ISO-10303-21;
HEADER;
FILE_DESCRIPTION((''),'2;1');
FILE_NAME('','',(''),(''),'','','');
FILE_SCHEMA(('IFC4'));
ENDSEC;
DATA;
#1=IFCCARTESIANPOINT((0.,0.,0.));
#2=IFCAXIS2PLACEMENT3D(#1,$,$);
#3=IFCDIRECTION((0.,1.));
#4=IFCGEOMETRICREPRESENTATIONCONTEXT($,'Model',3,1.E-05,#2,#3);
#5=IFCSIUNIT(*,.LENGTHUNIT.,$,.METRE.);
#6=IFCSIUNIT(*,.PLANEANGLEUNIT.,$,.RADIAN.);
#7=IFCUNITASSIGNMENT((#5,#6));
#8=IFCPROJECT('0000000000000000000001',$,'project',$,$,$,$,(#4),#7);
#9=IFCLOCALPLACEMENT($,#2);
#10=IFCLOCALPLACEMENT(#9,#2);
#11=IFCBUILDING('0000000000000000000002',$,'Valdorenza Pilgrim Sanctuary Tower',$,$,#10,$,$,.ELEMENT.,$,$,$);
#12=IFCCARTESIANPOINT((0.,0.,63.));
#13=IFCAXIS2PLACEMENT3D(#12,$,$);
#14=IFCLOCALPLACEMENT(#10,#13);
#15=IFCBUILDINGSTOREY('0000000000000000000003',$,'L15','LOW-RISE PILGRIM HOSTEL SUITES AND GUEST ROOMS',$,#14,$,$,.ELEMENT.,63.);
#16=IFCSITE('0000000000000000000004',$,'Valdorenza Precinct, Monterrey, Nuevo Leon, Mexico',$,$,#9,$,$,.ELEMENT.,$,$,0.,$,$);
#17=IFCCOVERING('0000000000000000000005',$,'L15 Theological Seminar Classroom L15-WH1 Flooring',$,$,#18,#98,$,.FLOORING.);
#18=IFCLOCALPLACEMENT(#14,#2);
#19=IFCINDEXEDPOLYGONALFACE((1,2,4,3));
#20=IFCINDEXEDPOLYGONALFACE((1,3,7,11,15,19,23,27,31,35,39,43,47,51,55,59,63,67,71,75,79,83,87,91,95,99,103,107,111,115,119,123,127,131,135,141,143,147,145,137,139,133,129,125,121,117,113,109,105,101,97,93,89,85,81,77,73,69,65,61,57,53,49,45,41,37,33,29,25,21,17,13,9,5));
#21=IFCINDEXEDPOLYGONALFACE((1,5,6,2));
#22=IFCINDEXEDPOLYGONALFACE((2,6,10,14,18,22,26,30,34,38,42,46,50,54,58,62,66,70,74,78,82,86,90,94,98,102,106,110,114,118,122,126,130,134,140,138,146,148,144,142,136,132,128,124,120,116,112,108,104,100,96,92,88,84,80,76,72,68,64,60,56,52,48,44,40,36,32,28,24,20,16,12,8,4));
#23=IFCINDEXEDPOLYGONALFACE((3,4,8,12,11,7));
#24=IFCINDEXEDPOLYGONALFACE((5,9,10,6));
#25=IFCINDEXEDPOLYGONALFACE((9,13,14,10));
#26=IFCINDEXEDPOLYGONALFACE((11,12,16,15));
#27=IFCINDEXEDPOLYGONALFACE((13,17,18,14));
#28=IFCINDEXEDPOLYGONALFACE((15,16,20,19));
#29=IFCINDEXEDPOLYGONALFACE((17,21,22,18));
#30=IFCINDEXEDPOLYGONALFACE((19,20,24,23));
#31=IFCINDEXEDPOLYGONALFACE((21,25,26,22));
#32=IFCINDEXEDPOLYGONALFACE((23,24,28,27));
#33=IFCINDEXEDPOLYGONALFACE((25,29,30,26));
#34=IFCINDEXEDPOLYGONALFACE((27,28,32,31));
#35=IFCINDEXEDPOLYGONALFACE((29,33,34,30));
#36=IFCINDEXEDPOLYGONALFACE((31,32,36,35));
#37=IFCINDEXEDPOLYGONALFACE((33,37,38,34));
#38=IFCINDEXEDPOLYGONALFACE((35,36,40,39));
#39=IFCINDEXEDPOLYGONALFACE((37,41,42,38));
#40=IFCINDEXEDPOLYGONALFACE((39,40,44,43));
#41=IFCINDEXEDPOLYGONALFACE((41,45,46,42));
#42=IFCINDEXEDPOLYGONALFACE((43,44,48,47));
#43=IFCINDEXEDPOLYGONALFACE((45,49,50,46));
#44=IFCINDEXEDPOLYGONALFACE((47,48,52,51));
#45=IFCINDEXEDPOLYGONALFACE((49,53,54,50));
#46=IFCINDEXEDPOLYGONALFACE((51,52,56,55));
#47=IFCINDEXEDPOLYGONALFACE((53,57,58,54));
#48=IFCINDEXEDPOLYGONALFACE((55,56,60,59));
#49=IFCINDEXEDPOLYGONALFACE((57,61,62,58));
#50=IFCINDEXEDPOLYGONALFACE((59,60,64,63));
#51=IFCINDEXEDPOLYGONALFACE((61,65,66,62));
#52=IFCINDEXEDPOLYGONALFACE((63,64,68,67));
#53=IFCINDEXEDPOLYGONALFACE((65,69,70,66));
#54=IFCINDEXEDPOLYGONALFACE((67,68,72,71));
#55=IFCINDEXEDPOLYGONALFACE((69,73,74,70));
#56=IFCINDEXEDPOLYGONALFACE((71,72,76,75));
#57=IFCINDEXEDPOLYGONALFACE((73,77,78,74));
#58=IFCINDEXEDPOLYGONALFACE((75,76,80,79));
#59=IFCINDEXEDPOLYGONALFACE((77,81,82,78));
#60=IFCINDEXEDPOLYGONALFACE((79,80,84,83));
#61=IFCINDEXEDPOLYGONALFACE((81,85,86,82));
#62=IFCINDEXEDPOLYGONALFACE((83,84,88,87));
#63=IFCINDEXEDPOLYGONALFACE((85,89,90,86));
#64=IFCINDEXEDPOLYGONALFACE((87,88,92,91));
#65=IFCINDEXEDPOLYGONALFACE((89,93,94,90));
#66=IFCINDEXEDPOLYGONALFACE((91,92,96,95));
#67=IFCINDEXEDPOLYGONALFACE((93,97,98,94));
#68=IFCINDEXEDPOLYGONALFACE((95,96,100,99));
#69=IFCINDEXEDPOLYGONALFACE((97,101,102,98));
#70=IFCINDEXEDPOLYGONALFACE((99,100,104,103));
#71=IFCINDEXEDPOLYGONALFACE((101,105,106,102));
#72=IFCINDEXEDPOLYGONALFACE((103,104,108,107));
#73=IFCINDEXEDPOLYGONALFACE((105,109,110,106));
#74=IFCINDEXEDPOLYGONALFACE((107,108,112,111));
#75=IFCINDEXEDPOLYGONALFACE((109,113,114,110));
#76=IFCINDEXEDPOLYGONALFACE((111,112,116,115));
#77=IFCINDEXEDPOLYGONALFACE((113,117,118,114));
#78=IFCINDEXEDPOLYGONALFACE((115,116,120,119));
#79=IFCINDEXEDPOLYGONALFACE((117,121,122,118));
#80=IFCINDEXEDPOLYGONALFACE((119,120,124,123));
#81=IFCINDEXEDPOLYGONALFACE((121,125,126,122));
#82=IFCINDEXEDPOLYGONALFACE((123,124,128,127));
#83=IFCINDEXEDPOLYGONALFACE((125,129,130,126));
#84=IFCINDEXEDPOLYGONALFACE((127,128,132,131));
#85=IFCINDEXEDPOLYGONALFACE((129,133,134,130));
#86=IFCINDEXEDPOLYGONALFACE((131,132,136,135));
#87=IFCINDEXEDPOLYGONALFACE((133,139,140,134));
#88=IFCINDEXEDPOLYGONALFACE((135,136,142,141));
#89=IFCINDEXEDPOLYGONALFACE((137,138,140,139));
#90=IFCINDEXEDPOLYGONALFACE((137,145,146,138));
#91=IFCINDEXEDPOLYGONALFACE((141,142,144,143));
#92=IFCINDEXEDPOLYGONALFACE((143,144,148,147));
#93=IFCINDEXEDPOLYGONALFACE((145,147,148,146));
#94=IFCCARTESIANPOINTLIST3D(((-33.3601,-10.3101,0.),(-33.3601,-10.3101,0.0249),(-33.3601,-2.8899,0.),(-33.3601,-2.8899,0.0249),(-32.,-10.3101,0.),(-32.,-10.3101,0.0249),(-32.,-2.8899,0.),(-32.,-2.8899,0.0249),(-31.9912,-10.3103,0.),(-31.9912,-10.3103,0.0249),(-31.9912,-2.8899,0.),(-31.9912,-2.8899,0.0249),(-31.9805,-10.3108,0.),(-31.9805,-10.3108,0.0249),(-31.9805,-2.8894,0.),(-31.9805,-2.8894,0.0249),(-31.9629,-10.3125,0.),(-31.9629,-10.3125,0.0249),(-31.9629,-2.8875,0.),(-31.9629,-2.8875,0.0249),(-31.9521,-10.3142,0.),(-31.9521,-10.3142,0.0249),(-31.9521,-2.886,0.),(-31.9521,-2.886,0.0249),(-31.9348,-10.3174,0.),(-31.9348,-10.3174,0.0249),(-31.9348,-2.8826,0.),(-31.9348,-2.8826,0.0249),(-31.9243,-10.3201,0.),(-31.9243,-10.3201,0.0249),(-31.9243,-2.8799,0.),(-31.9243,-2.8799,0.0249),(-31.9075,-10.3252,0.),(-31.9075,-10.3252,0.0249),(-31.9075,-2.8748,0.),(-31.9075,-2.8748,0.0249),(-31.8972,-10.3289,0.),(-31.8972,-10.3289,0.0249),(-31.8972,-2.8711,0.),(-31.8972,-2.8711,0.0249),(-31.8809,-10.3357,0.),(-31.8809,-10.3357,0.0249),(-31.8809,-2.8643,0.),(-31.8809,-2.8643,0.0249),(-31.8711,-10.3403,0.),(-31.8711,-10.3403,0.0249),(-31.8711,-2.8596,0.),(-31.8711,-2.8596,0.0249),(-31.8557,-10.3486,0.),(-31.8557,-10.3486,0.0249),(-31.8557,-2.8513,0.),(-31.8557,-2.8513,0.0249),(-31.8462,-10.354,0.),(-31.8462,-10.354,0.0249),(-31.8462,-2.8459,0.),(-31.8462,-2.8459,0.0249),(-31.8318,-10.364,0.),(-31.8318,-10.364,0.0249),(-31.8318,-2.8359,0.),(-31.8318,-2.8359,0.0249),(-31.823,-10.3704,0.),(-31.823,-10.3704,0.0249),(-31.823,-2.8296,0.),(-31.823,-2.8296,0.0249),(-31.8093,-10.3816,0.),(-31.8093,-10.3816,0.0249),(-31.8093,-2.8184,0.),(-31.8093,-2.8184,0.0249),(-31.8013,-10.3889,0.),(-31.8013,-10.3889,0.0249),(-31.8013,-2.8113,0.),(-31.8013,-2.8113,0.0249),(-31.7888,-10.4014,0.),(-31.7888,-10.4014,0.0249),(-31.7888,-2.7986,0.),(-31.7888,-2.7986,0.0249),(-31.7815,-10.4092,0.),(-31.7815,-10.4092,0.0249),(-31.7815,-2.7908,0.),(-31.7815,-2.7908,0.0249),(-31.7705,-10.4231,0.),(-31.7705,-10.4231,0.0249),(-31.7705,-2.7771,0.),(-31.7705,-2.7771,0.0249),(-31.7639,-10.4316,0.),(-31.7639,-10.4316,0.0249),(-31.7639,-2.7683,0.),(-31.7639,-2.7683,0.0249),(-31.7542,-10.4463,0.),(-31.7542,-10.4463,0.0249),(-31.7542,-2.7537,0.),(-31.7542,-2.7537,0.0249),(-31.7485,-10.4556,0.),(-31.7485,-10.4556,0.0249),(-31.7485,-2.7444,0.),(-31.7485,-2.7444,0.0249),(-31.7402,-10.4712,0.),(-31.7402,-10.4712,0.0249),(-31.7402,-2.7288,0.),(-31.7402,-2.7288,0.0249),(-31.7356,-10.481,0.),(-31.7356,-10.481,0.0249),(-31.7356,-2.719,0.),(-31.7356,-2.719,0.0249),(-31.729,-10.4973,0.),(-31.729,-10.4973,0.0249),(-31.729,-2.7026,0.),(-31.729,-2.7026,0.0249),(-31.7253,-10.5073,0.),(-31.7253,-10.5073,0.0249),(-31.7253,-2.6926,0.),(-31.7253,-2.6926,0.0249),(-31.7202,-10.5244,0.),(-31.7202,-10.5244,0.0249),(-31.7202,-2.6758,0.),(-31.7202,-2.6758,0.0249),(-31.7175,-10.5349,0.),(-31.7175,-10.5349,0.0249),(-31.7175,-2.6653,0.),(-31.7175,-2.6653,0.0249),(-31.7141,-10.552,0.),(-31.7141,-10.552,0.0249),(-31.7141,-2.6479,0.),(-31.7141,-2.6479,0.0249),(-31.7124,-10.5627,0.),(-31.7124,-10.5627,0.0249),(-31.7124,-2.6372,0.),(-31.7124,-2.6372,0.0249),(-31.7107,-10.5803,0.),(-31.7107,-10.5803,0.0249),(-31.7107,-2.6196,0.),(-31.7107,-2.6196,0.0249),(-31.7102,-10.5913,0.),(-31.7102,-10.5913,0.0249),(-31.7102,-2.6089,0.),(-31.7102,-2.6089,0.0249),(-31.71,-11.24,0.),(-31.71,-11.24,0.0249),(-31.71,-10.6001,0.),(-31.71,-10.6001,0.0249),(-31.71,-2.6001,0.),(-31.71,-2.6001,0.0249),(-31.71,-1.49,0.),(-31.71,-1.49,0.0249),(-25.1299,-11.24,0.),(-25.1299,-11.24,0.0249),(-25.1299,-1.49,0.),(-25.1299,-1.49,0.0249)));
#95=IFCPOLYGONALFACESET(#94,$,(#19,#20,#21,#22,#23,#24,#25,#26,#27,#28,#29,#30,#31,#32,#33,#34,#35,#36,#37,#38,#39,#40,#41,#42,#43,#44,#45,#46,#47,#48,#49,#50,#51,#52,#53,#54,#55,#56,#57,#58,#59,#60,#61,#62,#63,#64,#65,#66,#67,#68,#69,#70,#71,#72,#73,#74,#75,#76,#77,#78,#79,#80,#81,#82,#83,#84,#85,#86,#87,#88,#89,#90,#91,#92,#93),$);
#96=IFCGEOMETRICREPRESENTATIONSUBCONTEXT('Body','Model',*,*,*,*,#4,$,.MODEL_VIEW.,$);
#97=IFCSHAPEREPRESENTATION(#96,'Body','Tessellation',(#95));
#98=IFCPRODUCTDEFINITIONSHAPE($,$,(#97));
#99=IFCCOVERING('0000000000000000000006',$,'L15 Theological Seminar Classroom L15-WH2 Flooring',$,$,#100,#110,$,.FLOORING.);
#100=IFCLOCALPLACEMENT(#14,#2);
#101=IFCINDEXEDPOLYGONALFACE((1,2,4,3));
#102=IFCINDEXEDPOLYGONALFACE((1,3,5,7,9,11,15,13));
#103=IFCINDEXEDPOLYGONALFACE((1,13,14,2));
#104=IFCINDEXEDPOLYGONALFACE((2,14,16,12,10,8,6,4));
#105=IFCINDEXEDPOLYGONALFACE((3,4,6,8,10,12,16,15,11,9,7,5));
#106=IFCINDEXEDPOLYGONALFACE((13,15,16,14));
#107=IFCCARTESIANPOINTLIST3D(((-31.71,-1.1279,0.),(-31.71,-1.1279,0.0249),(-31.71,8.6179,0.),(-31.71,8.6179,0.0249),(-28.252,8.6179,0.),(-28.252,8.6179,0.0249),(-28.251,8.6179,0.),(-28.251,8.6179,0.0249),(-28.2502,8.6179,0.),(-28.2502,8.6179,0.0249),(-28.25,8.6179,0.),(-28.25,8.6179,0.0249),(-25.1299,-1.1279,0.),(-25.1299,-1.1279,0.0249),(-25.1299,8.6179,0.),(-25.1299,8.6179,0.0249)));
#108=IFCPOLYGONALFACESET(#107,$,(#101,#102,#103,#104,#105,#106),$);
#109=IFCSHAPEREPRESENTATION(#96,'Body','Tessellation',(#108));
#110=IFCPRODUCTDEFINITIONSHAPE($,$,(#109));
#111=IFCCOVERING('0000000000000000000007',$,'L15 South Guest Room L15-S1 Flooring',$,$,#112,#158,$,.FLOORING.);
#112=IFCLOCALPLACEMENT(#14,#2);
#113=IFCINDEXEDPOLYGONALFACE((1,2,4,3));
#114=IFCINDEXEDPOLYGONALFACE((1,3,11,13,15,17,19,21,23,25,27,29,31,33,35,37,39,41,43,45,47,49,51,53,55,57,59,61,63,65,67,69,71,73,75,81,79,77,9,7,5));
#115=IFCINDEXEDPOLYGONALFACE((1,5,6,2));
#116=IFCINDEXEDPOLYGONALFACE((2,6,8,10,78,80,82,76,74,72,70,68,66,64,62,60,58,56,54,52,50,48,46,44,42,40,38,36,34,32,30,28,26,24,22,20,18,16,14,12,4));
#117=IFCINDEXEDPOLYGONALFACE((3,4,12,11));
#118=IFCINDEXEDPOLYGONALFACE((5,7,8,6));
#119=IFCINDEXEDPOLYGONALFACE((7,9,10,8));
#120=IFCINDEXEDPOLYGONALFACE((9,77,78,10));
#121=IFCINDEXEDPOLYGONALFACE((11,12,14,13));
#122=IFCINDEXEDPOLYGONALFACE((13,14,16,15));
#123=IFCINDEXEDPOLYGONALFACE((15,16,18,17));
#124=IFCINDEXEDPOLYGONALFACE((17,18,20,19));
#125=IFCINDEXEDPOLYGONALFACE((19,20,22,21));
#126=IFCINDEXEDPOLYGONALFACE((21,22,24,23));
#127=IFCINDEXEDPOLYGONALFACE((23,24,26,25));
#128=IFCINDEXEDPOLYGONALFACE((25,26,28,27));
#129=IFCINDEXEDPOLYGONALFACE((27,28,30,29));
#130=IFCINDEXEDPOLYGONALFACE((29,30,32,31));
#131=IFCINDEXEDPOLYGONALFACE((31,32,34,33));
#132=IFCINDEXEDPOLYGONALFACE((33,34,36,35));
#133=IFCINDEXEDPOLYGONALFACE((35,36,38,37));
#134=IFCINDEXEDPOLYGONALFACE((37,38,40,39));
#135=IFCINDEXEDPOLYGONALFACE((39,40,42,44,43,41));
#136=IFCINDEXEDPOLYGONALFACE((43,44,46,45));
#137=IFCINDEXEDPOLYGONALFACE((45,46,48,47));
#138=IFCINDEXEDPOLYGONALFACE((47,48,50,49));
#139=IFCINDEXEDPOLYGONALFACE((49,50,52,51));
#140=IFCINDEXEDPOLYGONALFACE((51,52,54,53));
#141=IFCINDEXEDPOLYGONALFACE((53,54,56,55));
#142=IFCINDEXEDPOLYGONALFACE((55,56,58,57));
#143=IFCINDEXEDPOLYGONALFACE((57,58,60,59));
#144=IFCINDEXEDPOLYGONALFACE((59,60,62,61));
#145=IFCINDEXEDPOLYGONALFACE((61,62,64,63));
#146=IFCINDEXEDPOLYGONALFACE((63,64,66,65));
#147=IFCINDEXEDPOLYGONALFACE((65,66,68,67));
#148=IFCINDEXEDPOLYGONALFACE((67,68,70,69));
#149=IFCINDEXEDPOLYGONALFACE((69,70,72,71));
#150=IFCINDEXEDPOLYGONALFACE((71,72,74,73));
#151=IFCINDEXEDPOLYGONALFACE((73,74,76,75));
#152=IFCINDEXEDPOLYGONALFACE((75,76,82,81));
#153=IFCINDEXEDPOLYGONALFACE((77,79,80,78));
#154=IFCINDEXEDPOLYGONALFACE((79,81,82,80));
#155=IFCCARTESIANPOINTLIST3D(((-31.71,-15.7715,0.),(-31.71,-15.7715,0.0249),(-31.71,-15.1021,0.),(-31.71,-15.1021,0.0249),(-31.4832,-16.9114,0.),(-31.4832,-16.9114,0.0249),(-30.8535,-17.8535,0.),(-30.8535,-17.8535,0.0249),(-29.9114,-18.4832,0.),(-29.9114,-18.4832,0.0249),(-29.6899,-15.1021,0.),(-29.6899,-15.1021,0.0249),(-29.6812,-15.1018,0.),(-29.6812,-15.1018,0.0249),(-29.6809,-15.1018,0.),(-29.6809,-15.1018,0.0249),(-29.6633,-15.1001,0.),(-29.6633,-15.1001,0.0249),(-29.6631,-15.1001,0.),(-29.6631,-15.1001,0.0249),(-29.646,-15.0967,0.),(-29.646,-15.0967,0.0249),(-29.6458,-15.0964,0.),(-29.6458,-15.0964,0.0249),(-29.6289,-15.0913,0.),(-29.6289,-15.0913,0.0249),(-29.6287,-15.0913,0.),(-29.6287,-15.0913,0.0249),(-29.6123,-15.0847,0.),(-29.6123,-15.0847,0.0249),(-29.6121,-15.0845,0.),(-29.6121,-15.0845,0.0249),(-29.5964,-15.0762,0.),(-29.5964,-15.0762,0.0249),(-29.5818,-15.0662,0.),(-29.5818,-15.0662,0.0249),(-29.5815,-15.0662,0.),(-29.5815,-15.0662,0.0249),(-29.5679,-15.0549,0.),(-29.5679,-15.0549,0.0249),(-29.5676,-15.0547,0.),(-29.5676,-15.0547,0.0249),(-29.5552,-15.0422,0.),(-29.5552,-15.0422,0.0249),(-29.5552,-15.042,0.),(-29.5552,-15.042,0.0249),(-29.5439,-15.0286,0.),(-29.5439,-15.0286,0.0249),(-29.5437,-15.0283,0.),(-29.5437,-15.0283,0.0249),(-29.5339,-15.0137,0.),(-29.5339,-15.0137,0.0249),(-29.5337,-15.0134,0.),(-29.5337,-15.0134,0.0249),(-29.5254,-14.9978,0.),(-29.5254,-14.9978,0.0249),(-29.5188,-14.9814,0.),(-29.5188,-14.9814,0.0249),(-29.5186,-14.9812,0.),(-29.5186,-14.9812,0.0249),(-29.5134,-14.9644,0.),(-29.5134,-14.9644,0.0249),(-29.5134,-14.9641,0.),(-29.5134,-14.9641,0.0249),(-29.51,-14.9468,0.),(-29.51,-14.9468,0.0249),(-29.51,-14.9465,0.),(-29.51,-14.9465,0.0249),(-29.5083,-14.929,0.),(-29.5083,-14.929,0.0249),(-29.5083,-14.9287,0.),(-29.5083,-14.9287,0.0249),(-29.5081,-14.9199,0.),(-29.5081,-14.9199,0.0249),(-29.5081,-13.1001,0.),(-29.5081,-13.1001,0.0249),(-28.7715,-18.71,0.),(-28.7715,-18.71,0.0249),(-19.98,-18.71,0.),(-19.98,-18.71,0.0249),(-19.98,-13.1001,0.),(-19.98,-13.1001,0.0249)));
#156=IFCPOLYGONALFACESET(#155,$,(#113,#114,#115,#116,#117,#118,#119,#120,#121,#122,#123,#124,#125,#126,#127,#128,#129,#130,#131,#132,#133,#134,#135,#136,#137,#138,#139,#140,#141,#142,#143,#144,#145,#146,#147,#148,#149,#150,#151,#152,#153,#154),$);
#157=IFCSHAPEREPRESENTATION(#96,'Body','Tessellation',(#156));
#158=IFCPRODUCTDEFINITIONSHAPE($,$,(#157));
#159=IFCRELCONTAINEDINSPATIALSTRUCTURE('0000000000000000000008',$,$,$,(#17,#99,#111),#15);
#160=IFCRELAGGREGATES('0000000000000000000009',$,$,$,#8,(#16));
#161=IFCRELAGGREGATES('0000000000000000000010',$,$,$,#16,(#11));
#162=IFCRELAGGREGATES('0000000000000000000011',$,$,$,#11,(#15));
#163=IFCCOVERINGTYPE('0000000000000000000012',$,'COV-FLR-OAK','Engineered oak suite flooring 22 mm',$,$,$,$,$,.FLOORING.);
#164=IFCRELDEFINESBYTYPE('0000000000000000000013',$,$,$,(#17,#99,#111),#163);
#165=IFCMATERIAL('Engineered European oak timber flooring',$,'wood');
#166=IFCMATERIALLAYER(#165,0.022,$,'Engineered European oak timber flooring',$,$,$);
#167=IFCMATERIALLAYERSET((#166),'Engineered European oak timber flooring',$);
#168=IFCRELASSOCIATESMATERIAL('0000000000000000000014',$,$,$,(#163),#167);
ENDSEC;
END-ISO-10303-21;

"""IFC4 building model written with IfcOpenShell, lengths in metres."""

from ifc_helpers import new_model, si_unit, direction, frame, origin, place, context, subcontext, project, spatial, polyline, outline, extrude, material, layer, layer_set, type_object, element, save


model = new_model("IFC4")

# Units and contexts
model_context = context("Model", 3, precision=1e-05, world=origin(), true_north=direction((0.0, 1.0)))
body_context = subcontext(model_context, "Body", "Model", "MODEL_VIEW")
ifc_project = project(units=[si_unit("LENGTHUNIT", "METRE"), si_unit("PLANEANGLEUNIT", "RADIAN")], contexts=[model_context])

# Site, building, storey
site_placement = place(None, origin())
site = spatial("IfcSite", under=ifc_project, at=site_placement, Name="Valdorenza Precinct, Monterrey, Nuevo Leon, Mexico", CompositionType="ELEMENT", RefElevation=0.0)
building_placement = place(site_placement, origin())
building = spatial("IfcBuilding", under=site, at=building_placement, Name="Valdorenza Pilgrim Sanctuary Tower", CompositionType="ELEMENT")
storey_placement = place(building_placement, frame((0.0, 0.0, 63.0)))
storey = spatial("IfcBuildingStorey", under=building, at=storey_placement, Name="L15", Description="LOW-RISE PILGRIM HOSTEL SUITES AND GUEST ROOMS", CompositionType="ELEMENT", Elevation=63.0)

# Coverings
ifc_material_1 = material(Name="Engineered European oak timber flooring", Category="wood")
ifc_layer_1 = layer(ifc_material_1, 0.022, Name="Engineered European oak timber flooring")
ifc_layer_set_1 = layer_set([ifc_layer_1], Name="Engineered European oak timber flooring")
covering_type_1 = type_object("IfcCoveringType", Name="COV-FLR-OAK", Description="Engineered oak suite flooring 22 mm", PredefinedType="FLOORING", material=ifc_layer_set_1)
covering_1_placement = place(storey_placement, origin())
element("IfcCovering", 1, at=covering_1_placement, inside=storey, type_object=covering_type_1, Name="L15 Theological Seminar Classroom L15-WH1 Flooring", PredefinedType="FLOORING", context=body_context, shape_type="SweptSolid", body=[
    extrude(outline(polyline([(-25.1299, -11.24), (-31.71, -11.24), (-31.71, -10.6001), (-31.7102, -10.5913), (-31.7107, -10.5803), (-31.7124, -10.5627), (-31.7141, -10.552), (-31.7175, -10.5349), (-31.7202, -10.5244), (-31.7253, -10.5073), (-31.729, -10.4973), (-31.7356, -10.481), (-31.7402, -10.4712), (-31.7485, -10.4556), (-31.7542, -10.4463), (-31.7639, -10.4316), (-31.7705, -10.4231), (-31.7815, -10.4092), (-31.7888, -10.4014), (-31.8013, -10.3889), (-31.8093, -10.3816), (-31.823, -10.3704), (-31.8318, -10.364), (-31.8462, -10.354), (-31.8557, -10.3486), (-31.8711, -10.3403), (-31.8809, -10.3357), (-31.8972, -10.3289), (-31.9075, -10.3252), (-31.9243, -10.3201), (-31.9348, -10.3174), (-31.9521, -10.3142), (-31.9629, -10.3125), (-31.9805, -10.3108), (-31.9912, -10.3103), (-32.0, -10.3101), (-33.3601, -10.3101), (-33.3601, -2.8899), (-32.0, -2.8899), (-31.9912, -2.8899), (-31.9805, -2.8894), (-31.9629, -2.8875), (-31.9521, -2.886), (-31.9348, -2.8826), (-31.9243, -2.8799), (-31.9075, -2.8748), (-31.8972, -2.8711), (-31.8809, -2.8643), (-31.8711, -2.8596), (-31.8557, -2.8513), (-31.8462, -2.8459), (-31.8318, -2.8359), (-31.823, -2.8296), (-31.8093, -2.8184), (-31.8013, -2.8113), (-31.7888, -2.7986), (-31.7815, -2.7908), (-31.7705, -2.7771), (-31.7639, -2.7683), (-31.7542, -2.7537), (-31.7485, -2.7444), (-31.7402, -2.7288), (-31.7356, -2.719), (-31.729, -2.7026), (-31.7253, -2.6926), (-31.7202, -2.6758), (-31.7175, -2.6653), (-31.7141, -2.6479), (-31.7124, -2.6372), (-31.7107, -2.6196), (-31.7102, -2.6089), (-31.71, -2.6001), (-31.71, -1.49), (-25.1299, -1.49), (-25.1299, -11.24)])), origin(), (0.0, 0.0, 1.0), 0.0249),
])
covering_2_placement = place(storey_placement, origin())
element("IfcCovering", 2, at=covering_2_placement, inside=storey, type_object=covering_type_1, Name="L15 Theological Seminar Classroom L15-WH2 Flooring", PredefinedType="FLOORING", context=body_context, shape_type="SweptSolid", body=[
    extrude(outline(polyline([(-28.2502, 8.6179), (-28.25, 8.6179), (-25.1299, 8.6179), (-25.1299, -1.1279), (-31.71, -1.1279), (-31.71, 8.6179), (-28.252, 8.6179), (-28.251, 8.6179), (-28.2502, 8.6179)])), origin(), (0.0, 0.0, 1.0), 0.0249),
])
covering_3_placement = place(storey_placement, origin())
element("IfcCovering", 3, at=covering_3_placement, inside=storey, type_object=covering_type_1, Name="L15 South Guest Room L15-S1 Flooring", PredefinedType="FLOORING", context=body_context, shape_type="SweptSolid", body=[
    extrude(outline(polyline([(-28.7715, -18.71), (-29.9114, -18.4832), (-30.8535, -17.8535), (-31.4832, -16.9114), (-31.71, -15.7715), (-31.71, -15.1021), (-29.6899, -15.1021), (-29.6812, -15.1018), (-29.6809, -15.1018), (-29.6633, -15.1001), (-29.6631, -15.1001), (-29.646, -15.0967), (-29.6458, -15.0964), (-29.6289, -15.0913), (-29.6287, -15.0913), (-29.6123, -15.0847), (-29.6121, -15.0845), (-29.5964, -15.0762), (-29.5964, -15.0762), (-29.5818, -15.0662), (-29.5815, -15.0662), (-29.5679, -15.0549), (-29.5676, -15.0547), (-29.5552, -15.0422), (-29.5552, -15.042), (-29.5439, -15.0286), (-29.5437, -15.0283), (-29.5339, -15.0137), (-29.5337, -15.0134), (-29.5254, -14.9978), (-29.5254, -14.9978), (-29.5188, -14.9814), (-29.5186, -14.9812), (-29.5134, -14.9644), (-29.5134, -14.9641), (-29.51, -14.9468), (-29.51, -14.9465), (-29.5083, -14.929), (-29.5083, -14.9287), (-29.5081, -14.9199), (-29.5081, -13.1001), (-19.98, -13.1001), (-19.98, -18.71), (-28.7715, -18.71)])), origin(), (0.0, 0.0, 1.0), 0.0249),
])

save(model, "model.ifc")
